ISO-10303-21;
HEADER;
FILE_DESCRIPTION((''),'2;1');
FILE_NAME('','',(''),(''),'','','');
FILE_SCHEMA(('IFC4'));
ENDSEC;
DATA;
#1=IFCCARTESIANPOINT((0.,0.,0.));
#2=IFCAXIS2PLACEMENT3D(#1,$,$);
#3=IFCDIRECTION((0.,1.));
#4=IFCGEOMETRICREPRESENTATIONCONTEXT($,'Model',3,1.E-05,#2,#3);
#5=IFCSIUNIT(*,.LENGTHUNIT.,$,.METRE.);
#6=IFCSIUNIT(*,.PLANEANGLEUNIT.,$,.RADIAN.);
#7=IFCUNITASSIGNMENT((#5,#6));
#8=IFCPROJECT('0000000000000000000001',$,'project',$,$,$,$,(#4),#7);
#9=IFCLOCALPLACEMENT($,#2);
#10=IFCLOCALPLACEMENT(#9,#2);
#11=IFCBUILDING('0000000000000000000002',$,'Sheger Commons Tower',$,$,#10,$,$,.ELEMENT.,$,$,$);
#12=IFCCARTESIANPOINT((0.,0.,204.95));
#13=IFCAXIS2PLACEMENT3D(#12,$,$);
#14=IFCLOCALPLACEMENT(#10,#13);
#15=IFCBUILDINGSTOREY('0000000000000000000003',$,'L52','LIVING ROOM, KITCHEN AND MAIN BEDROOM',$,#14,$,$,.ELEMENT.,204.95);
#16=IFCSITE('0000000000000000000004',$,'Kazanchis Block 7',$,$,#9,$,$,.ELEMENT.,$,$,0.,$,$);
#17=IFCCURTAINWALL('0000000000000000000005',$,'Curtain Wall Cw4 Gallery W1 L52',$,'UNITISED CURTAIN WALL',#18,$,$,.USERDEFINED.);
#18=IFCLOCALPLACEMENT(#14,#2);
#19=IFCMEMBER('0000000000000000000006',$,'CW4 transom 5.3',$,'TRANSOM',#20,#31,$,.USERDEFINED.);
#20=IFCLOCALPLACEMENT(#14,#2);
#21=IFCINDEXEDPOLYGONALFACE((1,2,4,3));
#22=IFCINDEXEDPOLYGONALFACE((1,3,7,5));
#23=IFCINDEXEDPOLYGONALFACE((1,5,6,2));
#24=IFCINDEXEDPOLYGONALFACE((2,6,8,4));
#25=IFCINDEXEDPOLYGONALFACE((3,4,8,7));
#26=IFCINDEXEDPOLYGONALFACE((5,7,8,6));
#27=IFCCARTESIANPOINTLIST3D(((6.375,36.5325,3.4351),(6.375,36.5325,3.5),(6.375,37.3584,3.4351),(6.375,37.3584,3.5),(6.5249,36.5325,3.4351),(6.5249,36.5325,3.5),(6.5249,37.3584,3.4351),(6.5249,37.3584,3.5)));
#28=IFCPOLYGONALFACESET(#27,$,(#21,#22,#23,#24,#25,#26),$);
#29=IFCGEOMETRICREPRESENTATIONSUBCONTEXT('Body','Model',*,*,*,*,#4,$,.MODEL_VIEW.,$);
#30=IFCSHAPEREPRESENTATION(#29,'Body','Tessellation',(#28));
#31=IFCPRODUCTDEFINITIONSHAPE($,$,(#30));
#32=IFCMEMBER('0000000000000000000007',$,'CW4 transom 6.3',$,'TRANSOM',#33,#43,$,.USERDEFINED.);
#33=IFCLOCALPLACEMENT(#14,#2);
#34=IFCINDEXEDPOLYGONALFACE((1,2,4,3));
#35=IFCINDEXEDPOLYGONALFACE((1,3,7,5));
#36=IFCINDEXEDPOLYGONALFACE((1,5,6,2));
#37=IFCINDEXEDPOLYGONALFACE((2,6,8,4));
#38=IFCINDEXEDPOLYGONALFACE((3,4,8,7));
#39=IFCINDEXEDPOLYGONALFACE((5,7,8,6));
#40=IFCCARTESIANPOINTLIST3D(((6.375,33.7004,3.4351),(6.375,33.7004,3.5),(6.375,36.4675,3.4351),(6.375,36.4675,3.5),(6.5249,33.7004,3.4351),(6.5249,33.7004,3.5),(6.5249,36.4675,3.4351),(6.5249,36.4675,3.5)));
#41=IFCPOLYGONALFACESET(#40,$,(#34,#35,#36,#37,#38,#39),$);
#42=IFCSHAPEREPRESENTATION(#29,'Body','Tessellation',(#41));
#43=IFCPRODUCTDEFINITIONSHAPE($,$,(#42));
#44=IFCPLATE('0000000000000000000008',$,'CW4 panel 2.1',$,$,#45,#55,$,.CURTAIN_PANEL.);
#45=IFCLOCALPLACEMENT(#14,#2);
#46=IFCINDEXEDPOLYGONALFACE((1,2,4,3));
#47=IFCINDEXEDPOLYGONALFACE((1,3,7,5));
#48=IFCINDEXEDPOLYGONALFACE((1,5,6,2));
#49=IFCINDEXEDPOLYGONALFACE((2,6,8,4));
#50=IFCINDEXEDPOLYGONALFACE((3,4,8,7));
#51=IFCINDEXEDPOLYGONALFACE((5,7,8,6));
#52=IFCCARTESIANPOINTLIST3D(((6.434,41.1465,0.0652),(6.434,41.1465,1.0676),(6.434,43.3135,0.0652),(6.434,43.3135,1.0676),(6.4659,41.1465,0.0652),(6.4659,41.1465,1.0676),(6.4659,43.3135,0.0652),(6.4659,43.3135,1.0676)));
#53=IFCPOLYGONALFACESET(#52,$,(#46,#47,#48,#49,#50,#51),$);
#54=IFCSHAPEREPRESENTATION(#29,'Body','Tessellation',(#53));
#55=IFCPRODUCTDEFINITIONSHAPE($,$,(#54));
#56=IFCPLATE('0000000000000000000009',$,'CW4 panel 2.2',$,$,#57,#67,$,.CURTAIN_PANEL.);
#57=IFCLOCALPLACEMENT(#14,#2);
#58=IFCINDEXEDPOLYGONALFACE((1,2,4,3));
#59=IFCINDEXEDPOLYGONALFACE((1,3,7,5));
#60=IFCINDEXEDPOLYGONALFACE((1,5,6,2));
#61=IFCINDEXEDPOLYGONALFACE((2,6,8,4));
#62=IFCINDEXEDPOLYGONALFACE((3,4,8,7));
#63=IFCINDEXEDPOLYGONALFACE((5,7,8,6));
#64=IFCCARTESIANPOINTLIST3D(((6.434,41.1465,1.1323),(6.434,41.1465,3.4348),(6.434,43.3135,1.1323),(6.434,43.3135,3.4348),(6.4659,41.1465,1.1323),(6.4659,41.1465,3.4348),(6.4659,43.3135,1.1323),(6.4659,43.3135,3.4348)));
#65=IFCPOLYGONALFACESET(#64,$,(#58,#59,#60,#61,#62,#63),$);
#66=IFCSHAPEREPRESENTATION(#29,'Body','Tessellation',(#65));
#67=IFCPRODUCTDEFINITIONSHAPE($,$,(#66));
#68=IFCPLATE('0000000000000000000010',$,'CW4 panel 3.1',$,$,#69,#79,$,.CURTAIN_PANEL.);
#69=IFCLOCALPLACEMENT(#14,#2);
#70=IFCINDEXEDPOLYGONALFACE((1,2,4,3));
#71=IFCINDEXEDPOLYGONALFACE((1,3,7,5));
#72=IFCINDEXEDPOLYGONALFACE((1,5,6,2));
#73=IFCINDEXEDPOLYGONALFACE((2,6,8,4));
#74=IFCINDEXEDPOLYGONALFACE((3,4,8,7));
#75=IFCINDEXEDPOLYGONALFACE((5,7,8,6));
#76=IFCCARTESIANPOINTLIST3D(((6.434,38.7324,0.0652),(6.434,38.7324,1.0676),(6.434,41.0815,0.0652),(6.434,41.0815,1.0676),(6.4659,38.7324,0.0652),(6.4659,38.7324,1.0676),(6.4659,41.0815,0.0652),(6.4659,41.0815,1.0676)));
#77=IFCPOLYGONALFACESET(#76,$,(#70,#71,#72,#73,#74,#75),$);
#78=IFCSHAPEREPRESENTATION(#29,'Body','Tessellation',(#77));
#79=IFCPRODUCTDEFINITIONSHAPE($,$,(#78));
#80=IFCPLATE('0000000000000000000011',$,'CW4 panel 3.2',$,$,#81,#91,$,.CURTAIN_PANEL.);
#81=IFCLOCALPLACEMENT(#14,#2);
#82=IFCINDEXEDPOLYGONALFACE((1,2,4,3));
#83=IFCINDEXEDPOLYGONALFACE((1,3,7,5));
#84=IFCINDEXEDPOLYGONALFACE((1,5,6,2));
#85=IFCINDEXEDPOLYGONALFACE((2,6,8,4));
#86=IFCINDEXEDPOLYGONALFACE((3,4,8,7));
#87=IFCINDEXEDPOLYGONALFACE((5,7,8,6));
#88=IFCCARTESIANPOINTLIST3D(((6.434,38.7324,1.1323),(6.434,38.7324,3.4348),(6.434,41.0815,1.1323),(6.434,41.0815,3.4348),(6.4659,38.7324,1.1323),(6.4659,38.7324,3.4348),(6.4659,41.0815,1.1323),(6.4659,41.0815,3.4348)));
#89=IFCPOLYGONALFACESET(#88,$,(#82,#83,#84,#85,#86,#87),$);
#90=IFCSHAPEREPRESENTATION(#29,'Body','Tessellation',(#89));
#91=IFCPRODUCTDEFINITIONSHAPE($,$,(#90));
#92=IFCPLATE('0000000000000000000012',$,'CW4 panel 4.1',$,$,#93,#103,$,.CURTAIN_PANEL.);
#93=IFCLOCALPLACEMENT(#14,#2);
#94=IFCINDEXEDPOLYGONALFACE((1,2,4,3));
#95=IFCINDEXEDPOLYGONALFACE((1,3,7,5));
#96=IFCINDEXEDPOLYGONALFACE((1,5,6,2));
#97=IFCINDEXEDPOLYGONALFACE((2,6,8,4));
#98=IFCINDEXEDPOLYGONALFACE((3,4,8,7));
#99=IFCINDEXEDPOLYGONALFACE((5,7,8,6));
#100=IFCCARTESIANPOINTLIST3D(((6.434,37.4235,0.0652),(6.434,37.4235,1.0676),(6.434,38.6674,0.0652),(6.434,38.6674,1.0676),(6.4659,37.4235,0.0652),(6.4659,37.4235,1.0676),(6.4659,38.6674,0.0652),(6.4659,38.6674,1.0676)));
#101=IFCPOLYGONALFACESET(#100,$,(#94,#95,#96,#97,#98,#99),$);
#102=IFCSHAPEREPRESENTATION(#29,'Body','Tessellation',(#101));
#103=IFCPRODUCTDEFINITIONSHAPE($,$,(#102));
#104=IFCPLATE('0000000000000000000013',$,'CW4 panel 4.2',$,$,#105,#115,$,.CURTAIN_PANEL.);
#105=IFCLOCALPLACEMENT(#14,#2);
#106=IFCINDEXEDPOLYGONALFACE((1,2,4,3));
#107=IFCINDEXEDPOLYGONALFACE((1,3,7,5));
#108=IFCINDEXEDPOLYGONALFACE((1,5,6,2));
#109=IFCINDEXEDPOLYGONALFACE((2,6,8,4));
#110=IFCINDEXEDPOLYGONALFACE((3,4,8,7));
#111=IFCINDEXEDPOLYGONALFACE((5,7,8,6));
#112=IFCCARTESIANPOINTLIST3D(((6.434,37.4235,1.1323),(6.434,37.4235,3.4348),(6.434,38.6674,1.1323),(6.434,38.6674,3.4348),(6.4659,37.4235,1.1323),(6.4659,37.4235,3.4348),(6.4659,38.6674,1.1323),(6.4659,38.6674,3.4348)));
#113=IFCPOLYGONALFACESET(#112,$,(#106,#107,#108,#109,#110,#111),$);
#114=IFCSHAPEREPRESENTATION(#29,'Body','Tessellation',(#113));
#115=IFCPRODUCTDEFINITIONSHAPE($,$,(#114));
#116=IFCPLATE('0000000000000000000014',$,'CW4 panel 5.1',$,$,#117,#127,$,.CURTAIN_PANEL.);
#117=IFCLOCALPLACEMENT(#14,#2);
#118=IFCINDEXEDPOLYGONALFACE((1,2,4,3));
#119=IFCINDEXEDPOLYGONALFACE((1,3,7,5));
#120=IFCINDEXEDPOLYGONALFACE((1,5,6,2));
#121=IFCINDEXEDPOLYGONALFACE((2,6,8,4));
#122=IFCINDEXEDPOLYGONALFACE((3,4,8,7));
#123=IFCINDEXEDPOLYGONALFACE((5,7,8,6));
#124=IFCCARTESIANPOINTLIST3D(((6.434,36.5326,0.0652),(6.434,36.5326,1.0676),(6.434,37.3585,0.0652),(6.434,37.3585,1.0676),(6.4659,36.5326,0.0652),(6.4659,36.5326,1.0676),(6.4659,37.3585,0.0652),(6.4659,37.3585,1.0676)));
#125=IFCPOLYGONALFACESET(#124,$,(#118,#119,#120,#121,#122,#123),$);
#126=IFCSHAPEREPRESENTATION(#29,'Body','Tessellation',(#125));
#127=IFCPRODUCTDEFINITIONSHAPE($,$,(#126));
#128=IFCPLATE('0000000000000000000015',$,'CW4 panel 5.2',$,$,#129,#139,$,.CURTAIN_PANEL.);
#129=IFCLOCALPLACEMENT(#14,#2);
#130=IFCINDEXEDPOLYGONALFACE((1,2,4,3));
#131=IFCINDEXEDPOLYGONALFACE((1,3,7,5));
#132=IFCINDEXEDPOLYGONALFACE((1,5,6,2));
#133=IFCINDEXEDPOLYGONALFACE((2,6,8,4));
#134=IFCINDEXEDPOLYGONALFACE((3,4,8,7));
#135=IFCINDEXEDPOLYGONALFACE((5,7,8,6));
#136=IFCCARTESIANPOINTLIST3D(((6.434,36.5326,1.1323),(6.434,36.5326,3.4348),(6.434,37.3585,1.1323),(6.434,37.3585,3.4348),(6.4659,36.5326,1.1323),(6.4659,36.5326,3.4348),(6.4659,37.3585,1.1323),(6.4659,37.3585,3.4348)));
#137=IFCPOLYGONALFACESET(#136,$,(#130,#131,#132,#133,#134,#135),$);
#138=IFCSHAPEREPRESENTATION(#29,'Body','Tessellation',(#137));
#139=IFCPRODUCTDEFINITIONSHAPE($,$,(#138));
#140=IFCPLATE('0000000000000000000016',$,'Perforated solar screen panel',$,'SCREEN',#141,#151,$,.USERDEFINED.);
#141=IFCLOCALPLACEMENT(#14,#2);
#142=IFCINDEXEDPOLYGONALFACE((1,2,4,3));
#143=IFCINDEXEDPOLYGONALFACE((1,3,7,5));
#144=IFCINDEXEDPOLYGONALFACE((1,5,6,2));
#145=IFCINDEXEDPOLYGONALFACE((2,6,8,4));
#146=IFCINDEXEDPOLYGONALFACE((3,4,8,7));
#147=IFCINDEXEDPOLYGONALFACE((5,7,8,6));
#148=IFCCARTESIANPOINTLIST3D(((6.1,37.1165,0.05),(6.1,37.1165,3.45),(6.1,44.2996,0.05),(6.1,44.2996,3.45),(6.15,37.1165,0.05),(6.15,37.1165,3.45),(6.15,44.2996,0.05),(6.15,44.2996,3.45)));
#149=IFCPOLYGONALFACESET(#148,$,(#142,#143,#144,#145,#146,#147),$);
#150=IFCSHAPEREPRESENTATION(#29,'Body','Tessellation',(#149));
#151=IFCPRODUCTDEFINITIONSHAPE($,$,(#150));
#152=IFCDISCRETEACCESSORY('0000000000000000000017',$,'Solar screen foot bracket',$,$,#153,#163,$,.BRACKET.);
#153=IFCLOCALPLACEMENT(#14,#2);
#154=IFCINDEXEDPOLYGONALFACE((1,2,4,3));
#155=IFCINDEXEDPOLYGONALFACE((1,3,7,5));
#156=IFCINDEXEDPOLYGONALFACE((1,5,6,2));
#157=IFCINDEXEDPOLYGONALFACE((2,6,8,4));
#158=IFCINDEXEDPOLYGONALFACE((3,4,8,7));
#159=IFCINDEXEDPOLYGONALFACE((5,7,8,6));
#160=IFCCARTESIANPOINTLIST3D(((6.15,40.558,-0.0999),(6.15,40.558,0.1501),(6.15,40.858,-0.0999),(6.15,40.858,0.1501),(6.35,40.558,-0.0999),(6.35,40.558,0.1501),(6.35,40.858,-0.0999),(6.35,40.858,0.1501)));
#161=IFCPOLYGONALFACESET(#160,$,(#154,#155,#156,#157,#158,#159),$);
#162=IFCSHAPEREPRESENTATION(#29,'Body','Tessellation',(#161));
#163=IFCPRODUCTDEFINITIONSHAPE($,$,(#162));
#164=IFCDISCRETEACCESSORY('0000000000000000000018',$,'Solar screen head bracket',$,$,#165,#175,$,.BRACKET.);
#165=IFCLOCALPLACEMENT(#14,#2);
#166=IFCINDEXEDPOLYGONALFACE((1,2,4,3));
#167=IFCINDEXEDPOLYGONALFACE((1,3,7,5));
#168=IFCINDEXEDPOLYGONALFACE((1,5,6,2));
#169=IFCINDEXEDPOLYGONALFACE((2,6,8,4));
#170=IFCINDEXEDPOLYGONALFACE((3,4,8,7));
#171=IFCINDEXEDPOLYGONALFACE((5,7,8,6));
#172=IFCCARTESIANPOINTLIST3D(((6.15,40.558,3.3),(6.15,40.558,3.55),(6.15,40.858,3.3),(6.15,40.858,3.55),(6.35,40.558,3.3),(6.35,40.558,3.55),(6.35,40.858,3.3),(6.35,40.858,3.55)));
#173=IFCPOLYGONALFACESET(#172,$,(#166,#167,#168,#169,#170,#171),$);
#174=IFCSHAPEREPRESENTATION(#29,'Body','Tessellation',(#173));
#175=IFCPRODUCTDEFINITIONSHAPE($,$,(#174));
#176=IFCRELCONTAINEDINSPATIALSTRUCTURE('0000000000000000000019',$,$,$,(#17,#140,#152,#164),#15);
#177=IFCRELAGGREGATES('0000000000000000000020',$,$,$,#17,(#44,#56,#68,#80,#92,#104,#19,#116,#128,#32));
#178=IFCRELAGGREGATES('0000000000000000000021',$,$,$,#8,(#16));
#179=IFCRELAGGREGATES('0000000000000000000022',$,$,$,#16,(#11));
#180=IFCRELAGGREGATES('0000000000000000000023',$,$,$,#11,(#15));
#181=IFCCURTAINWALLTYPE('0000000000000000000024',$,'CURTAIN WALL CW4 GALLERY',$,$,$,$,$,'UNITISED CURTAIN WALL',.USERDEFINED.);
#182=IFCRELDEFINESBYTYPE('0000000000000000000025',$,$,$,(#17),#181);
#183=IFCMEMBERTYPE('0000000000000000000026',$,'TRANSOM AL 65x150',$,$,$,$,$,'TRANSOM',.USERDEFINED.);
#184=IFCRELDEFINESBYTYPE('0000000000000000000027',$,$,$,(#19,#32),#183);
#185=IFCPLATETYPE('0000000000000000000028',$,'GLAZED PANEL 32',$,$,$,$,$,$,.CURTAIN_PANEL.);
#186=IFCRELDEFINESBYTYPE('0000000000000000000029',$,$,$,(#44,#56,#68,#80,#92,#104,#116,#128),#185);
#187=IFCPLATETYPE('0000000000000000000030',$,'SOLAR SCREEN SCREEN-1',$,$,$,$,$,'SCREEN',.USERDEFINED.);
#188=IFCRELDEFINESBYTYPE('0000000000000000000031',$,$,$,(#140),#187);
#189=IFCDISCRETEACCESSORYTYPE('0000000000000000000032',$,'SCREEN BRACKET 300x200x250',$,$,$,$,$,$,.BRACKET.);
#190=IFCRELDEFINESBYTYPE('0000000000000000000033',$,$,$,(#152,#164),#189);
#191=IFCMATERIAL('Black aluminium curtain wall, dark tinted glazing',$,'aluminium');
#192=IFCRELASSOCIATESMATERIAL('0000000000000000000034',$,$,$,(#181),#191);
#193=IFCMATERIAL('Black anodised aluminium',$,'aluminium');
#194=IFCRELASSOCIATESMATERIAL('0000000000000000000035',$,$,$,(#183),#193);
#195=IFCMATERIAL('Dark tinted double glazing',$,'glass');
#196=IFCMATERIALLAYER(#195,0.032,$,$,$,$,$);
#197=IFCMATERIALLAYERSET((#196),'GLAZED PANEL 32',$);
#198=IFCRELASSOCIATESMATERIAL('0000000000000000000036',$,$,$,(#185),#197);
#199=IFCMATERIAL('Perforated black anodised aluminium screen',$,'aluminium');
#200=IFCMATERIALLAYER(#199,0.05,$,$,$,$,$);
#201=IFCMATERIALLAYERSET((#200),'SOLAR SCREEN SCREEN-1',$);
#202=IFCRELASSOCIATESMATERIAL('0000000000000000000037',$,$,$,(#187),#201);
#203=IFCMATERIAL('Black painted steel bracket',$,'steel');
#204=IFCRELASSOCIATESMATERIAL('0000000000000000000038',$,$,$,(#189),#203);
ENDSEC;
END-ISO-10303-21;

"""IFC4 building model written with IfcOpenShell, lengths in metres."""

from ifc_helpers import new_model, si_unit, direction, frame, origin, origin_2d, place, context, subcontext, project, spatial, rectangle, extrude, material, layer, layer_set, material_profile, profile_set, type_object, element, aggregate, save


model = new_model("IFC4")

# Units and contexts
model_context = context("Model", 3, precision=1e-05, world=origin(), true_north=direction((0.0, 1.0)))
body_context = subcontext(model_context, "Body", "Model", "MODEL_VIEW")
ifc_project = project(units=[si_unit("LENGTHUNIT", "METRE"), si_unit("PLANEANGLEUNIT", "RADIAN")], contexts=[model_context])

# Site, building, storey
site_placement = place(None, origin())
site = spatial("IfcSite", under=ifc_project, at=site_placement, Name="Kazanchis Block 7", CompositionType="ELEMENT", RefElevation=0.0)
building_placement = place(site_placement, origin())
building = spatial("IfcBuilding", under=site, at=building_placement, Name="Sheger Commons Tower", CompositionType="ELEMENT")
storey_placement = place(building_placement, frame((0.0, 0.0, 204.95)))
storey = spatial("IfcBuildingStorey", under=building, at=storey_placement, Name="L52", Description="LIVING ROOM, KITCHEN AND MAIN BEDROOM", CompositionType="ELEMENT", Elevation=204.95)

# Curtain wall, members, plates
ifc_material_1 = material(Name="Black aluminium curtain wall, dark tinted glazing", Category="aluminium")
curtain_wall_type = type_object("IfcCurtainWallType", Name="CURTAIN WALL CW4 GALLERY", ElementType="UNITISED CURTAIN WALL", PredefinedType="USERDEFINED", material=ifc_material_1)
curtain_wall_placement = place(storey_placement, origin())
curtain_wall = element("IfcCurtainWall", 1, at=curtain_wall_placement, inside=storey, type_object=curtain_wall_type, Name="Curtain Wall Cw4 Gallery W1 L52", ObjectType="UNITISED CURTAIN WALL", PredefinedType="USERDEFINED")
ifc_material_2 = material(Name="Black anodised aluminium", Category="aluminium")
ifc_material_profile_1 = material_profile(ifc_material_2, rectangle(XDim=0.1499, YDim=0.0649, at=origin_2d()), Name="AL 65x150")
ifc_profile_set_1 = profile_set([ifc_material_profile_1], Name="Black anodised aluminium")
member_type_1 = type_object("IfcMemberType", Name="TRANSOM AL 65x150", ElementType="TRANSOM", PredefinedType="USERDEFINED", material=ifc_profile_set_1)
member_1_placement = place(storey_placement, frame((6.45, 37.3584, 3.4675), z_axis=(0.0, -1.0, 0.0), x_axis=(1.0, 0.0, 0.0)))
member_1 = element("IfcMember", 2, at=member_1_placement, type_object=member_type_1, Name="CW4 transom 5.3", ObjectType="TRANSOM", PredefinedType="USERDEFINED", context=body_context, shape_type="SweptSolid", body=[
    extrude(rectangle(XDim=0.1499, YDim=0.0649, at=origin_2d()), origin(), (0.0, 0.0, 1.0), 0.8259),
])
member_2_placement = place(storey_placement, frame((6.45, 36.4675, 3.4675), z_axis=(0.0, -1.0, 0.0), x_axis=(1.0, 0.0, 0.0)))
member_2 = element("IfcMember", 3, at=member_2_placement, type_object=member_type_1, Name="CW4 transom 6.3", ObjectType="TRANSOM", PredefinedType="USERDEFINED", context=body_context, shape_type="SweptSolid", body=[
    extrude(rectangle(XDim=0.1499, YDim=0.0649, at=origin_2d()), origin(), (0.0, 0.0, 1.0), 2.7671),
])
ifc_material_3 = material(Name="Dark tinted double glazing", Category="glass")
ifc_layer_1 = layer(ifc_material_3, 0.032)
ifc_layer_set_1 = layer_set([ifc_layer_1], Name="GLAZED PANEL 32")
plate_type_1 = type_object("IfcPlateType", Name="GLAZED PANEL 32", PredefinedType="CURTAIN_PANEL", material=ifc_layer_set_1)
plate_1_placement = place(storey_placement, frame((6.45, 42.23, 0.0652), z_axis=(0.0, 0.0, 1.0), x_axis=(0.0, -1.0, 0.0)))
plate_1 = element("IfcPlate", 4, at=plate_1_placement, type_object=plate_type_1, Name="CW4 panel 2.1", PredefinedType="CURTAIN_PANEL", context=body_context, shape_type="SweptSolid", body=[
    extrude(rectangle(XDim=2.167, YDim=0.032, at=origin_2d()), origin(), (0.0, 0.0, 1.0), 1.0024),
])
plate_2_placement = place(storey_placement, frame((6.45, 42.23, 1.1323), z_axis=(0.0, 0.0, 1.0), x_axis=(0.0, -1.0, 0.0)))
plate_2 = element("IfcPlate", 5, at=plate_2_placement, type_object=plate_type_1, Name="CW4 panel 2.2", PredefinedType="CURTAIN_PANEL", context=body_context, shape_type="SweptSolid", body=[
    extrude(rectangle(XDim=2.167, YDim=0.032, at=origin_2d()), origin(), (0.0, 0.0, 1.0), 2.3025),
])
plate_3_placement = place(storey_placement, frame((6.45, 39.907, 0.0652), z_axis=(0.0, 0.0, 1.0), x_axis=(0.0, -1.0, 0.0)))
plate_3 = element("IfcPlate", 6, at=plate_3_placement, type_object=plate_type_1, Name="CW4 panel 3.1", PredefinedType="CURTAIN_PANEL", context=body_context, shape_type="SweptSolid", body=[
    extrude(rectangle(XDim=2.3491, YDim=0.032, at=origin_2d()), origin(), (0.0, 0.0, 1.0), 1.0024),
])
plate_4_placement = place(storey_placement, frame((6.45, 39.907, 1.1323), z_axis=(0.0, 0.0, 1.0), x_axis=(0.0, -1.0, 0.0)))
plate_4 = element("IfcPlate", 7, at=plate_4_placement, type_object=plate_type_1, Name="CW4 panel 3.2", PredefinedType="CURTAIN_PANEL", context=body_context, shape_type="SweptSolid", body=[
    extrude(rectangle(XDim=2.3491, YDim=0.032, at=origin_2d()), origin(), (0.0, 0.0, 1.0), 2.3025),
])
plate_5_placement = place(storey_placement, frame((6.45, 38.0454, 0.0652), z_axis=(0.0, 0.0, 1.0), x_axis=(0.0, -1.0, 0.0)))
plate_5 = element("IfcPlate", 8, at=plate_5_placement, type_object=plate_type_1, Name="CW4 panel 4.1", PredefinedType="CURTAIN_PANEL", context=body_context, shape_type="SweptSolid", body=[
    extrude(rectangle(XDim=1.2439, YDim=0.032, at=origin_2d()), origin(), (0.0, 0.0, 1.0), 1.0024),
])
plate_6_placement = place(storey_placement, frame((6.45, 38.0454, 1.1323), z_axis=(0.0, 0.0, 1.0), x_axis=(0.0, -1.0, 0.0)))
plate_6 = element("IfcPlate", 9, at=plate_6_placement, type_object=plate_type_1, Name="CW4 panel 4.2", PredefinedType="CURTAIN_PANEL", context=body_context, shape_type="SweptSolid", body=[
    extrude(rectangle(XDim=1.2439, YDim=0.032, at=origin_2d()), origin(), (0.0, 0.0, 1.0), 2.3025),
])
plate_7_placement = place(storey_placement, frame((6.45, 36.9456, 0.0652), z_axis=(0.0, 0.0, 1.0), x_axis=(0.0, -1.0, 0.0)))
plate_7 = element("IfcPlate", 10, at=plate_7_placement, type_object=plate_type_1, Name="CW4 panel 5.1", PredefinedType="CURTAIN_PANEL", context=body_context, shape_type="SweptSolid", body=[
    extrude(rectangle(XDim=0.8259, YDim=0.032, at=origin_2d()), origin(), (0.0, 0.0, 1.0), 1.0024),
])
plate_8_placement = place(storey_placement, frame((6.45, 36.9456, 1.1323), z_axis=(0.0, 0.0, 1.0), x_axis=(0.0, -1.0, 0.0)))
plate_8 = element("IfcPlate", 11, at=plate_8_placement, type_object=plate_type_1, Name="CW4 panel 5.2", PredefinedType="CURTAIN_PANEL", context=body_context, shape_type="SweptSolid", body=[
    extrude(rectangle(XDim=0.8259, YDim=0.032, at=origin_2d()), origin(), (0.0, 0.0, 1.0), 2.3025),
])
aggregate(curtain_wall, [plate_1, plate_2, plate_3, plate_4, plate_5, plate_6, member_1, plate_7, plate_8, member_2])

# Plate
ifc_material_4 = material(Name="Perforated black anodised aluminium screen", Category="aluminium")
ifc_layer_2 = layer(ifc_material_4, 0.05)
ifc_layer_set_2 = layer_set([ifc_layer_2], Name="SOLAR SCREEN SCREEN-1")
plate_type_2 = type_object("IfcPlateType", Name="SOLAR SCREEN SCREEN-1", ElementType="SCREEN", PredefinedType="USERDEFINED", material=ifc_layer_set_2)
plate_9_placement = place(storey_placement, frame((6.125, 40.708, 0.05), z_axis=(0.0, 0.0, 1.0), x_axis=(0.0, -1.0, 0.0)))
element("IfcPlate", 12, at=plate_9_placement, inside=storey, type_object=plate_type_2, Name="Perforated solar screen panel", ObjectType="SCREEN", PredefinedType="USERDEFINED", context=body_context, shape_type="SweptSolid", body=[
    extrude(rectangle(XDim=7.1831, YDim=0.05, at=origin_2d()), origin(), (0.0, 0.0, 1.0), 3.3999),
])

# Discrete accessories
ifc_material_5 = material(Name="Black painted steel bracket", Category="steel")
discrete_accessory_type = type_object("IfcDiscreteAccessoryType", Name="SCREEN BRACKET 300x200x250", PredefinedType="BRACKET", material=ifc_material_5)
for number, where, z_axis, x_axis, name in (
    (13, (6.25, 40.708, -0.0999), (0.0, 0.0, 1.0), (0.0, -1.0, 0.0), "Solar screen foot bracket"),
    (14, (6.25, 40.708, 3.3), (0.0, 0.0, 1.0), (0.0, -1.0, 0.0), "Solar screen head bracket"),
):
    element("IfcDiscreteAccessory", number, at=place(storey_placement, frame(where, z_axis=z_axis, x_axis=x_axis)), inside=storey, type_object=discrete_accessory_type, Name=name, PredefinedType="BRACKET", context=body_context, shape_type="SweptSolid", body=[
        extrude(rectangle(XDim=0.3, YDim=0.2, at=origin_2d()), origin(), (0.0, 0.0, 1.0), 0.25),
    ])

save(model, "model.ifc")
